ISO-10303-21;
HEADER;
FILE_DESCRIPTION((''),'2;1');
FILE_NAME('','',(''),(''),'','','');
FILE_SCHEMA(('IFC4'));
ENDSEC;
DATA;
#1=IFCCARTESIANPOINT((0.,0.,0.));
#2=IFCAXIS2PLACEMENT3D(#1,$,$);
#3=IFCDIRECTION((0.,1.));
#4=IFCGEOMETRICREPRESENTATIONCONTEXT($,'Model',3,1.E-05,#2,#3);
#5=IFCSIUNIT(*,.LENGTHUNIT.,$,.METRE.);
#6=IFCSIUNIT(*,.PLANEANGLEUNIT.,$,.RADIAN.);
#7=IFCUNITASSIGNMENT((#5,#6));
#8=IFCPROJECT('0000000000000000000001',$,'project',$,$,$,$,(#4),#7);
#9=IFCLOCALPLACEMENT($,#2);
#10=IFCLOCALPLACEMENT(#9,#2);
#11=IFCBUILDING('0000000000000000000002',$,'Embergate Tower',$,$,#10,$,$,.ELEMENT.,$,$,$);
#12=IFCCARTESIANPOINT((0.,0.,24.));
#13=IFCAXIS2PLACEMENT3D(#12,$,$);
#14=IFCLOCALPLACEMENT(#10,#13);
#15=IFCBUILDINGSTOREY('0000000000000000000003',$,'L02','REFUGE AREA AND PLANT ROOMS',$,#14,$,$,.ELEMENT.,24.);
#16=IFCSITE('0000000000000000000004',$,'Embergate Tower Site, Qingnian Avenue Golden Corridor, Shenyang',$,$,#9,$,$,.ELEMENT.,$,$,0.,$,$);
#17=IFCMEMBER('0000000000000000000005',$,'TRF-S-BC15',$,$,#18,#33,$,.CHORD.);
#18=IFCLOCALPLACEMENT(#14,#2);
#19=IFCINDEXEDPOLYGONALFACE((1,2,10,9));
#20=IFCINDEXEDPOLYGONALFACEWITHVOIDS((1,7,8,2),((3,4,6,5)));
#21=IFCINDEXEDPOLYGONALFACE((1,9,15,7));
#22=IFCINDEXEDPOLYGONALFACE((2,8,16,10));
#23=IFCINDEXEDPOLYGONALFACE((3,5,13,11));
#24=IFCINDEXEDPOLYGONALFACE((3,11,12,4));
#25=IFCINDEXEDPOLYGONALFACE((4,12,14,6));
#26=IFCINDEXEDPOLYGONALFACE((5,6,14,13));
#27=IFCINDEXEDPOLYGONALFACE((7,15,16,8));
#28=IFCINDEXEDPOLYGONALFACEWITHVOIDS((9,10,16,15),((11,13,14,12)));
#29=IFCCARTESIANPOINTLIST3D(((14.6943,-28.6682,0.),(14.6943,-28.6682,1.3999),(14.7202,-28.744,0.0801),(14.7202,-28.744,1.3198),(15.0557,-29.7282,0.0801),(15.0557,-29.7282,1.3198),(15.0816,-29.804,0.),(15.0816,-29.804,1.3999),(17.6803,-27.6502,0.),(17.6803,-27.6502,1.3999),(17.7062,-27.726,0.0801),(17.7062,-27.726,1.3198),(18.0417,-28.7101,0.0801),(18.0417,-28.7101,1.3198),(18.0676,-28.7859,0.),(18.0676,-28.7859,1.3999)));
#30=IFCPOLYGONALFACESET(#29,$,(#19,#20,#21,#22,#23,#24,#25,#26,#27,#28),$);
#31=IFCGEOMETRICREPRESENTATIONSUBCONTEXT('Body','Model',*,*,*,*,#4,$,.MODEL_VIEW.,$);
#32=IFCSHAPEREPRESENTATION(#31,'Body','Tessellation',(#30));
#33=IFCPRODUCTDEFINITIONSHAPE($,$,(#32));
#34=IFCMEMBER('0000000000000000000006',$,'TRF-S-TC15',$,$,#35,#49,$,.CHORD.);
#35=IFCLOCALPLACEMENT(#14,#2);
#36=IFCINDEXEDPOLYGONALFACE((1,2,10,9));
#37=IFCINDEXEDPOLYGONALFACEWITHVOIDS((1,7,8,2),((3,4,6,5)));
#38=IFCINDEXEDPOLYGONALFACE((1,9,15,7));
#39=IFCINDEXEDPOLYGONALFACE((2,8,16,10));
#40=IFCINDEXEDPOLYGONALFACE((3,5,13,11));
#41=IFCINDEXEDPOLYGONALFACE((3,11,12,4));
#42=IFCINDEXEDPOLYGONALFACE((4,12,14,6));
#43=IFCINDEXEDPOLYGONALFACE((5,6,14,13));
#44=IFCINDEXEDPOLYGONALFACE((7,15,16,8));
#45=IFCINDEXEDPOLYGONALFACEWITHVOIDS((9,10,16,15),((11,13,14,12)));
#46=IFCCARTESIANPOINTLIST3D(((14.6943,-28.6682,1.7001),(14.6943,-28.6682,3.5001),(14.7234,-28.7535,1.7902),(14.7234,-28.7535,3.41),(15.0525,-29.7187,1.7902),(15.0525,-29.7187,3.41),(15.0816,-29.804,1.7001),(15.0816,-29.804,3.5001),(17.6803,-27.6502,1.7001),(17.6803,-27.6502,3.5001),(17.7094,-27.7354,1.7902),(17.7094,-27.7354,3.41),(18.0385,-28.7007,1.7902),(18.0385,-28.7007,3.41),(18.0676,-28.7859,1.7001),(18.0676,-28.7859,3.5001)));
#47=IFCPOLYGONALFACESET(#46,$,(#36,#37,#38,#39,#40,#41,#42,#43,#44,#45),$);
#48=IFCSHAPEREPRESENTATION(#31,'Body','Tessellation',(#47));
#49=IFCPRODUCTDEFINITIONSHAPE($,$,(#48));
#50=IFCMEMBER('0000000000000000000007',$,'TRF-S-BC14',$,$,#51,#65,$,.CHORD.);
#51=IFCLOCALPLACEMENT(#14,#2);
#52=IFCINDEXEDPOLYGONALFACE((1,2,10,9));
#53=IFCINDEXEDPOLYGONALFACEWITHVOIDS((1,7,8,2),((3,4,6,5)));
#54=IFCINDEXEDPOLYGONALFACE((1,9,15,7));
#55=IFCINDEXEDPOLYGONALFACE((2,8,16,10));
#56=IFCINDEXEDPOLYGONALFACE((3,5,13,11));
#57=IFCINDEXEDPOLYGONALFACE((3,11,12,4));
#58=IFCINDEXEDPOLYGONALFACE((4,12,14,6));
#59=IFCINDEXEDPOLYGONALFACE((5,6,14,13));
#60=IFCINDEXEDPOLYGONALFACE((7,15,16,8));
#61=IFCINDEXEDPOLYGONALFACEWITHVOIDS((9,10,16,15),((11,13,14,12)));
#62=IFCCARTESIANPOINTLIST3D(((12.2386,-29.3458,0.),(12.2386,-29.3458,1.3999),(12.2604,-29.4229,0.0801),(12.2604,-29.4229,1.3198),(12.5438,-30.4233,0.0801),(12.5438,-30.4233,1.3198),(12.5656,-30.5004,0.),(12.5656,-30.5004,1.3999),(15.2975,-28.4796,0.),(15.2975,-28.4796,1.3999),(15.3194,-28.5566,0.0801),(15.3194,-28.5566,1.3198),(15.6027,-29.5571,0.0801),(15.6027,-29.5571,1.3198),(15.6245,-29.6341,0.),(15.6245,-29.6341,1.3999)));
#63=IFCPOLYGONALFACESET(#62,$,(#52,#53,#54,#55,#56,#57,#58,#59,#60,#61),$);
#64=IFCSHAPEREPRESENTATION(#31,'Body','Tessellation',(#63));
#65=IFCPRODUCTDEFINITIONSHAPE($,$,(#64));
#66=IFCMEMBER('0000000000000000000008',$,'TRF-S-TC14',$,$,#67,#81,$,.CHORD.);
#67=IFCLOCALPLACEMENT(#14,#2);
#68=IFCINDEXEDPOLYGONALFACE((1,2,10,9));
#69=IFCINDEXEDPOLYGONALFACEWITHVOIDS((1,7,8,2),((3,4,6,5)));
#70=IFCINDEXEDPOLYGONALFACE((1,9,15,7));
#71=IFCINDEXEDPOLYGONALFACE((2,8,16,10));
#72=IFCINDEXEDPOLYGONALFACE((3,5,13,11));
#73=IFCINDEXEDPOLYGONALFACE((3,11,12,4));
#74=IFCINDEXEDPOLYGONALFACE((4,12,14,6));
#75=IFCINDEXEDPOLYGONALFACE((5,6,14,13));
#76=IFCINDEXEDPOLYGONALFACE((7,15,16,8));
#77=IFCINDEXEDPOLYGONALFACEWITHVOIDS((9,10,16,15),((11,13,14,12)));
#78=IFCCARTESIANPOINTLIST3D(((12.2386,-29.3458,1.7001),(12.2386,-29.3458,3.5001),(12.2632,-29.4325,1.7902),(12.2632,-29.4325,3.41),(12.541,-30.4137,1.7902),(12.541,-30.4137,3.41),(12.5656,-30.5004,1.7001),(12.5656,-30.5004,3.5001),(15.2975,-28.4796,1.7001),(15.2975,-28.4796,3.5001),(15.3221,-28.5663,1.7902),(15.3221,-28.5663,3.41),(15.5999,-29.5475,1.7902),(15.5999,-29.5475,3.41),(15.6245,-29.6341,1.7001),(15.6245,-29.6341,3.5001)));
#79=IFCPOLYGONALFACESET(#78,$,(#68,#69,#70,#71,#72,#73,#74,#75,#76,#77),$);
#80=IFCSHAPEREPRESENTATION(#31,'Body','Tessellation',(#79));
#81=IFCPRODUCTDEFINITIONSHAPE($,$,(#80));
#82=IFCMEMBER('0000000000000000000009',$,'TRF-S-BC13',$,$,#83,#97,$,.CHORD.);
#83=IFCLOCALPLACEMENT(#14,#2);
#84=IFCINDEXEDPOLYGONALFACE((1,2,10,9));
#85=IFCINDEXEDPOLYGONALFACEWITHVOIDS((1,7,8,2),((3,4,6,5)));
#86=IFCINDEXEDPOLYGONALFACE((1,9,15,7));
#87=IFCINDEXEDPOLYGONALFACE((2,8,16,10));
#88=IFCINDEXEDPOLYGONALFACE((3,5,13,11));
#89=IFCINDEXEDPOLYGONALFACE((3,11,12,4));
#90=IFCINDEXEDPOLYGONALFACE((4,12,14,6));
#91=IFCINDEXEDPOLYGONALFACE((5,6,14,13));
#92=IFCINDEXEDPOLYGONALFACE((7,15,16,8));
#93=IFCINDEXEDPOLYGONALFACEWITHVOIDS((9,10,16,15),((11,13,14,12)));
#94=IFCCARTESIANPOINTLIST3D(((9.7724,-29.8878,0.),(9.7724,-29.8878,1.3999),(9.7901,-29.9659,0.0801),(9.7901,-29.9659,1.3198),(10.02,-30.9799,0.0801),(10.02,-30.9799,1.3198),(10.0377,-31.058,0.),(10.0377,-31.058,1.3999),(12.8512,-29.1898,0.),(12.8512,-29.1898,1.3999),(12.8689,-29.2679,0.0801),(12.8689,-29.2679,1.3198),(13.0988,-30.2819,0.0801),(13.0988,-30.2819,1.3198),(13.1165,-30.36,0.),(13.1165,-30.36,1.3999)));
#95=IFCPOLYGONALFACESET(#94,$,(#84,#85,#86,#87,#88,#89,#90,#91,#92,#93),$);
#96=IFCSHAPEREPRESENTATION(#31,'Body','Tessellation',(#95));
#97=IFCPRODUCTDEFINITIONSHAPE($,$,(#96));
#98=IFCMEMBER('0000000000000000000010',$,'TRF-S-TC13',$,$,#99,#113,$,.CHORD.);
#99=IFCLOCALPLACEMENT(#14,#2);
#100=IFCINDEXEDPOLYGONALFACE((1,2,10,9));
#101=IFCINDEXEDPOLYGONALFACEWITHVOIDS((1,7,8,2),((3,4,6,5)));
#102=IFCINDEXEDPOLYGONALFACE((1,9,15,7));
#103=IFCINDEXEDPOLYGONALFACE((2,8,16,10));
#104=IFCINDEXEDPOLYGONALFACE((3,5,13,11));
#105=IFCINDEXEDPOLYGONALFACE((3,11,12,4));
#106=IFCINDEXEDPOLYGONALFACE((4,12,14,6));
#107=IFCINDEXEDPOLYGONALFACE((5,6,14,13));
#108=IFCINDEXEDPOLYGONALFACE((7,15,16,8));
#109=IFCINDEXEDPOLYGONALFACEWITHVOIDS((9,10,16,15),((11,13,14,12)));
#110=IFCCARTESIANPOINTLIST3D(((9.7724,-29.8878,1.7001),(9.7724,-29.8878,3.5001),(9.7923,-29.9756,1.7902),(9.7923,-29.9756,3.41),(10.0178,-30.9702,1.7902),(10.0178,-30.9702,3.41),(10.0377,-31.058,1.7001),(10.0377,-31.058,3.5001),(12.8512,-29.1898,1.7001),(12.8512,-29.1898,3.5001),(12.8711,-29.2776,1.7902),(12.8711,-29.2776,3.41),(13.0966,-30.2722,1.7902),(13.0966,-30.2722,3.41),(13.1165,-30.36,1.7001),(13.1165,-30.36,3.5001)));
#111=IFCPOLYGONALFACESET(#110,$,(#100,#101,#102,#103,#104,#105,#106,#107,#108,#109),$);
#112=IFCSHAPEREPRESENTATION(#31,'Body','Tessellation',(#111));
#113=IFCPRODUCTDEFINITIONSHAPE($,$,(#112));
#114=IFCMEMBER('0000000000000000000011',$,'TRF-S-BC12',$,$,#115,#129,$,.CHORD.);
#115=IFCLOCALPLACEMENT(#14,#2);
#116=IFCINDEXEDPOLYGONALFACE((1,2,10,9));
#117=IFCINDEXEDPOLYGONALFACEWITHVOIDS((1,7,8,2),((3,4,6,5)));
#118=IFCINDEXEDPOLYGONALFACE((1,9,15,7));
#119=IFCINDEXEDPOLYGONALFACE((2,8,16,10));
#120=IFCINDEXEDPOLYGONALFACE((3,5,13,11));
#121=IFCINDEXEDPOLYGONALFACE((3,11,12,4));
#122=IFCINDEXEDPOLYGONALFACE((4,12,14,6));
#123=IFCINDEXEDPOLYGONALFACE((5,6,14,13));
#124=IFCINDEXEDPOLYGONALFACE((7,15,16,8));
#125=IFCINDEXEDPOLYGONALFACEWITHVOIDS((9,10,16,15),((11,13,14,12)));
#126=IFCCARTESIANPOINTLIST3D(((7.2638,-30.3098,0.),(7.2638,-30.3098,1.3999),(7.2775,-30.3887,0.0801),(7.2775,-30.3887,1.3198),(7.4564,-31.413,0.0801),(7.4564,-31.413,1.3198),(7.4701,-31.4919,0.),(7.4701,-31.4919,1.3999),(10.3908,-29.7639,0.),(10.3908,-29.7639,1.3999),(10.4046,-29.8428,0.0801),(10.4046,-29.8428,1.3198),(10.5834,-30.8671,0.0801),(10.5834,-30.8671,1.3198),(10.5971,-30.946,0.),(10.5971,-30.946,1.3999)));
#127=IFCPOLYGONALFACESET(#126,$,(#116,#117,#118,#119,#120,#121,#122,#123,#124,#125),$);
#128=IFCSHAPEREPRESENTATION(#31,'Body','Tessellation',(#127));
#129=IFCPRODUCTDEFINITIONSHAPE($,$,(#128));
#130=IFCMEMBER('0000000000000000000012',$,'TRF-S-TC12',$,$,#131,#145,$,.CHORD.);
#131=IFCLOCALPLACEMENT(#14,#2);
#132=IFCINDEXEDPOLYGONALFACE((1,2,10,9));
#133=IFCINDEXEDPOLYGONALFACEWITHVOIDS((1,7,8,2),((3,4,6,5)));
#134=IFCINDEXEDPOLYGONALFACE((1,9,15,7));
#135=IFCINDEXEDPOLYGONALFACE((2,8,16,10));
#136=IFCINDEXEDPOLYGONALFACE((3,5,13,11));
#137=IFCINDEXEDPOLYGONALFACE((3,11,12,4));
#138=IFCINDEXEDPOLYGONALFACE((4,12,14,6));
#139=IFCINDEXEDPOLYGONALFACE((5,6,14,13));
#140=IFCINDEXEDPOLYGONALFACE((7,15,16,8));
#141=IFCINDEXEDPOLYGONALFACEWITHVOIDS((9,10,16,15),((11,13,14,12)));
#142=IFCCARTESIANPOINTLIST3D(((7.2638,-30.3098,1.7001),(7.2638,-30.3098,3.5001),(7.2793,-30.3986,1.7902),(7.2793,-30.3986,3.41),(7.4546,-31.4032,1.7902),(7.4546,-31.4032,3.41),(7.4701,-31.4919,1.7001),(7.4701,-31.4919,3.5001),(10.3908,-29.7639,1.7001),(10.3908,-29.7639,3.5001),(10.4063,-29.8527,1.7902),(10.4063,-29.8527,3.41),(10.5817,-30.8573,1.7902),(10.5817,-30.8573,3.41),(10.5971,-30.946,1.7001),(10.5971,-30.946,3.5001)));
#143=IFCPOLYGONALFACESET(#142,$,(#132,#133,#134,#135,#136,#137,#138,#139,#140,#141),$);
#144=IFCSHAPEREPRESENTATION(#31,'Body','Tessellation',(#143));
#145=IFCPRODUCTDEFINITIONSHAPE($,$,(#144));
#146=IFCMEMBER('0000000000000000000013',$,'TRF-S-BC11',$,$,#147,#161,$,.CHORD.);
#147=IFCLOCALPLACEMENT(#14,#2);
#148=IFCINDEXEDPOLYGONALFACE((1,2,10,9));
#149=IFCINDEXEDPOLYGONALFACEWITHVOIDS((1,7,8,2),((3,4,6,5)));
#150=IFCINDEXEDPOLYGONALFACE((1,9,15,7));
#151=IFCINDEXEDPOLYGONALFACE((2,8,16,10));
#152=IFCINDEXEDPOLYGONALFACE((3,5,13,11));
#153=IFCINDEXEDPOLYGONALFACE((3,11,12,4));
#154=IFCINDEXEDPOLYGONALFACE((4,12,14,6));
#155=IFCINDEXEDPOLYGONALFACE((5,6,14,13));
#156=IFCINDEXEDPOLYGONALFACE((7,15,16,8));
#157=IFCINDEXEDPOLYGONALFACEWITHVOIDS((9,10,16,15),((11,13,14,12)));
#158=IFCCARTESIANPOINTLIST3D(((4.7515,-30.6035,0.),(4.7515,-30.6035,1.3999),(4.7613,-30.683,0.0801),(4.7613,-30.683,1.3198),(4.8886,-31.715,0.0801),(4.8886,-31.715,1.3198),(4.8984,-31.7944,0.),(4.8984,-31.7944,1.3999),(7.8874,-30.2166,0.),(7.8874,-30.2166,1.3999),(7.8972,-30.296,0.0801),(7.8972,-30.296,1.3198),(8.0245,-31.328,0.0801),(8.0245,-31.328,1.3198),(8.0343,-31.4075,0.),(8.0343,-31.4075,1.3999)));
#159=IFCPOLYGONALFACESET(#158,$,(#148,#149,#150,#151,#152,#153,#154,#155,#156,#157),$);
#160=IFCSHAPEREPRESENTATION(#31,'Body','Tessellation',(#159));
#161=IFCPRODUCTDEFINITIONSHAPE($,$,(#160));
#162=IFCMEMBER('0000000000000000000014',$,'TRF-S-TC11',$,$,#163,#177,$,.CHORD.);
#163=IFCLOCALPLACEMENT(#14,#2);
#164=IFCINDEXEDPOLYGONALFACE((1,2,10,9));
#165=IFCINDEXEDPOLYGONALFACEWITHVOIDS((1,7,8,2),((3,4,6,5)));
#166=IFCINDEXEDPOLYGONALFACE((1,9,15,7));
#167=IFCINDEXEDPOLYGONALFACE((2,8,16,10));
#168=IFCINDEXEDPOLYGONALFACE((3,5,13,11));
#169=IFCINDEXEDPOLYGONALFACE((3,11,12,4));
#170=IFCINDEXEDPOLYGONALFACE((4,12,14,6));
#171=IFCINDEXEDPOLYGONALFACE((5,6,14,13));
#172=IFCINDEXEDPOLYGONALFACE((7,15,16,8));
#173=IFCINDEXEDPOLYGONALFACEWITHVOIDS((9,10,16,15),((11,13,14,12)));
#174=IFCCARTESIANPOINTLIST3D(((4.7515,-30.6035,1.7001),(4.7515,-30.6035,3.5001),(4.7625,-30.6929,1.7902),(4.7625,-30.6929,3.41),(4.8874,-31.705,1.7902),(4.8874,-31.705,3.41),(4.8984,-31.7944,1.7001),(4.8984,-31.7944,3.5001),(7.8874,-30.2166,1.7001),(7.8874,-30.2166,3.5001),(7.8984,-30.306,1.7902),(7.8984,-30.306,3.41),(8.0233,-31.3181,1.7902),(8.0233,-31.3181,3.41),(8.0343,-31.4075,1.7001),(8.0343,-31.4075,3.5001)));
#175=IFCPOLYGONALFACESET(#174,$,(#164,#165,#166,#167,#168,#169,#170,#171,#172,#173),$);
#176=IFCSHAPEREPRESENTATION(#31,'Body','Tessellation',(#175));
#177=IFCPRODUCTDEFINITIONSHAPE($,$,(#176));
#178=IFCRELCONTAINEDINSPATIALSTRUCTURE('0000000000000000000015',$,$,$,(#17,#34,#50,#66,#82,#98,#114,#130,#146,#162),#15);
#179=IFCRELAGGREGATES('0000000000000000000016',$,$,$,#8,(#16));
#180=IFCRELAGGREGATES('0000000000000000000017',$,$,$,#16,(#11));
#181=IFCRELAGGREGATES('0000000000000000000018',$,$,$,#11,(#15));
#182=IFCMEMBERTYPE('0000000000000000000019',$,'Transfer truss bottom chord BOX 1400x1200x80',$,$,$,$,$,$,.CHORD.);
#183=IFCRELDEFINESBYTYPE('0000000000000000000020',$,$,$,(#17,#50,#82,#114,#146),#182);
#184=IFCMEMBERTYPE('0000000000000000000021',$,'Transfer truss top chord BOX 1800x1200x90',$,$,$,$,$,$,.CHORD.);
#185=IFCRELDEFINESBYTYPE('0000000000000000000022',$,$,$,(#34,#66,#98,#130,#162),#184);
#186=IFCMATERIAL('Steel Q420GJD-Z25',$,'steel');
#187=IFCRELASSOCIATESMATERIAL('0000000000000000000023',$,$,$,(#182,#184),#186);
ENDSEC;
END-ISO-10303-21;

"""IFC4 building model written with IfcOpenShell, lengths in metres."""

from ifc_helpers import new_model, si_unit, direction, frame, origin, origin_2d, place, context, subcontext, project, spatial, hollow_rectangle, extrude, source, transform, mapped, material, material_profile, profile_set, type_object, element, save


model = new_model("IFC4")

# Units and contexts
model_context = context("Model", 3, precision=1e-05, world=origin(), true_north=direction((0.0, 1.0)))
body_context = subcontext(model_context, "Body", "Model", "MODEL_VIEW")
ifc_project = project(units=[si_unit("LENGTHUNIT", "METRE"), si_unit("PLANEANGLEUNIT", "RADIAN")], contexts=[model_context])

# Site, building, storey
site_placement = place(None, origin())
site = spatial("IfcSite", under=ifc_project, at=site_placement, Name="Embergate Tower Site, Qingnian Avenue Golden Corridor, Shenyang", CompositionType="ELEMENT", RefElevation=0.0)
building_placement = place(site_placement, origin())
building = spatial("IfcBuilding", under=site, at=building_placement, Name="Embergate Tower", CompositionType="ELEMENT")
storey_placement = place(building_placement, frame((0.0, 0.0, 24.0)))
storey = spatial("IfcBuildingStorey", under=building, at=storey_placement, Name="L02", Description="REFUGE AREA AND PLANT ROOMS", CompositionType="ELEMENT", Elevation=24.0)

# Members
ifc_material_1 = material(Name="Steel Q420GJD-Z25", Category="steel")
ifc_material_profile_1 = material_profile(ifc_material_1, hollow_rectangle(XDim=1.2, YDim=1.3999, WallThickness=0.0801, at=origin_2d()), Name="BOX 1400x1200x80")
ifc_profile_set_1 = profile_set([ifc_material_profile_1], Name="Steel Q420 grade GJD-Z25")
member_type_1 = type_object("IfcMemberType", Name="Transfer truss bottom chord BOX 1400x1200x80", PredefinedType="CHORD", material=ifc_profile_set_1)
shared_shape_1 = source(origin(), body_context, "Body", "SweptSolid", [
    extrude(hollow_rectangle(XDim=1.2, YDim=1.3999, WallThickness=0.0801, at=origin_2d()), origin(), (0.0, 0.0, 1.0), 3.1548),
])
member_1_placement = place(storey_placement, frame((14.8879, -29.2361, 0.7), z_axis=(0.946502, 0.322698, 0.0), x_axis=(-0.322698, 0.946502, 0.0)))
element("IfcMember", 1, at=member_1_placement, inside=storey, type_object=member_type_1, Name="TRF-S-BC15", PredefinedType="CHORD", context=body_context, shape_type="MappedRepresentation", body=[
    mapped(shared_shape_1, transform((0.0, 0.0, 0.0))),
])
ifc_material_profile_2 = material_profile(ifc_material_1, hollow_rectangle(XDim=1.2, YDim=1.8, WallThickness=0.0901, at=origin_2d()), Name="BOX 1800x1200x90")
ifc_profile_set_2 = profile_set([ifc_material_profile_2], Name="Steel Q420 grade GJD-Z25")
member_type_2 = type_object("IfcMemberType", Name="Transfer truss top chord BOX 1800x1200x90", PredefinedType="CHORD", material=ifc_profile_set_2)
shared_shape_2 = source(origin(), body_context, "Body", "SweptSolid", [
    extrude(hollow_rectangle(XDim=1.2, YDim=1.8, WallThickness=0.0901, at=origin_2d()), origin(), (0.0, 0.0, 1.0), 3.1548),
])
member_2_placement = place(storey_placement, frame((14.8879, -29.2361, 2.6001), z_axis=(0.946502, 0.322698, 0.0), x_axis=(-0.322698, 0.946502, 0.0)))
element("IfcMember", 2, at=member_2_placement, inside=storey, type_object=member_type_2, Name="TRF-S-TC15", PredefinedType="CHORD", context=body_context, shape_type="MappedRepresentation", body=[
    mapped(shared_shape_2, transform((0.0, 0.0, 0.0))),
])
shared_shape_3 = source(origin(), body_context, "Body", "SweptSolid", [
    extrude(hollow_rectangle(XDim=1.2, YDim=1.3999, WallThickness=0.0801, at=origin_2d()), origin(), (0.0, 0.0, 1.0), 3.1792),
])
member_3_placement = place(storey_placement, frame((12.4021, -29.9231, 0.7), z_axis=(0.962165, 0.272469, 0.0), x_axis=(-0.272469, 0.962165, 0.0)))
element("IfcMember", 3, at=member_3_placement, inside=storey, type_object=member_type_1, Name="TRF-S-BC14", PredefinedType="CHORD", context=body_context, shape_type="MappedRepresentation", body=[
    mapped(shared_shape_3, transform((0.0, 0.0, 0.0))),
])
shared_shape_4 = source(origin(), body_context, "Body", "SweptSolid", [
    extrude(hollow_rectangle(XDim=1.2, YDim=1.8, WallThickness=0.0901, at=origin_2d()), origin(), (0.0, 0.0, 1.0), 3.1792),
])
member_4_placement = place(storey_placement, frame((12.4021, -29.9231, 2.6001), z_axis=(0.962165, 0.272469, 0.0), x_axis=(-0.272469, 0.962165, 0.0)))
element("IfcMember", 4, at=member_4_placement, inside=storey, type_object=member_type_2, Name="TRF-S-TC14", PredefinedType="CHORD", context=body_context, shape_type="MappedRepresentation", body=[
    mapped(shared_shape_4, transform((0.0, 0.0, 0.0))),
])
shared_shape_5 = source(origin(), body_context, "Body", "SweptSolid", [
    extrude(hollow_rectangle(XDim=1.2, YDim=1.3999, WallThickness=0.0801, at=origin_2d()), origin(), (0.0, 0.0, 1.0), 3.157),
])
member_5_placement = place(storey_placement, frame((9.905, -30.4729, 0.7), z_axis=(0.975252, 0.221096, 0.0), x_axis=(-0.221096, 0.975252, 0.0)))
element("IfcMember", 5, at=member_5_placement, inside=storey, type_object=member_type_1, Name="TRF-S-BC13", PredefinedType="CHORD", context=body_context, shape_type="MappedRepresentation", body=[
    mapped(shared_shape_5, transform((0.0, 0.0, 0.0))),
])
shared_shape_6 = source(origin(), body_context, "Body", "SweptSolid", [
    extrude(hollow_rectangle(XDim=1.2, YDim=1.8, WallThickness=0.0901, at=origin_2d()), origin(), (0.0, 0.0, 1.0), 3.157),
])
member_6_placement = place(storey_placement, frame((9.905, -30.4729, 2.6001), z_axis=(0.975252, 0.221096, 0.0), x_axis=(-0.221096, 0.975252, 0.0)))
element("IfcMember", 6, at=member_6_placement, inside=storey, type_object=member_type_2, Name="TRF-S-TC13", PredefinedType="CHORD", context=body_context, shape_type="MappedRepresentation", body=[
    mapped(shared_shape_6, transform((0.0, 0.0, 0.0))),
])
shared_shape_7 = source(origin(), body_context, "Body", "SweptSolid", [
    extrude(hollow_rectangle(XDim=1.2, YDim=1.3999, WallThickness=0.0801, at=origin_2d()), origin(), (0.0, 0.0, 1.0), 3.1743),
])
member_7_placement = place(storey_placement, frame((7.3669, -30.9009, 0.7), z_axis=(0.985101, 0.171977, 0.0), x_axis=(-0.171977, 0.985101, 0.0)))
element("IfcMember", 7, at=member_7_placement, inside=storey, type_object=member_type_1, Name="TRF-S-BC12", PredefinedType="CHORD", context=body_context, shape_type="MappedRepresentation", body=[
    mapped(shared_shape_7, transform((0.0, 0.0, 0.0))),
])
shared_shape_8 = source(origin(), body_context, "Body", "SweptSolid", [
    extrude(hollow_rectangle(XDim=1.2, YDim=1.8, WallThickness=0.0901, at=origin_2d()), origin(), (0.0, 0.0, 1.0), 3.1743),
])
member_8_placement = place(storey_placement, frame((7.3669, -30.9009, 2.6001), z_axis=(0.985101, 0.171977, 0.0), x_axis=(-0.171977, 0.985101, 0.0)))
element("IfcMember", 8, at=member_8_placement, inside=storey, type_object=member_type_2, Name="TRF-S-TC12", PredefinedType="CHORD", context=body_context, shape_type="MappedRepresentation", body=[
    mapped(shared_shape_8, transform((0.0, 0.0, 0.0))),
])
shared_shape_9 = source(origin(), body_context, "Body", "SweptSolid", [
    extrude(hollow_rectangle(XDim=1.2, YDim=1.3999, WallThickness=0.0801, at=origin_2d()), origin(), (0.0, 0.0, 1.0), 3.1597),
])
member_9_placement = place(storey_placement, frame((4.825, -31.199, 0.7), z_axis=(0.992473, 0.122465, 0.0), x_axis=(-0.122465, 0.992473, 0.0)))
element("IfcMember", 9, at=member_9_placement, inside=storey, type_object=member_type_1, Name="TRF-S-BC11", PredefinedType="CHORD", context=body_context, shape_type="MappedRepresentation", body=[
    mapped(shared_shape_9, transform((0.0, 0.0, 0.0))),
])
shared_shape_10 = source(origin(), body_context, "Body", "SweptSolid", [
    extrude(hollow_rectangle(XDim=1.2, YDim=1.8, WallThickness=0.0901, at=origin_2d()), origin(), (0.0, 0.0, 1.0), 3.1597),
])
member_10_placement = place(storey_placement, frame((4.825, -31.199, 2.6001), z_axis=(0.992473, 0.122465, 0.0), x_axis=(-0.122465, 0.992473, 0.0)))
element("IfcMember", 10, at=member_10_placement, inside=storey, type_object=member_type_2, Name="TRF-S-TC11", PredefinedType="CHORD", context=body_context, shape_type="MappedRepresentation", body=[
    mapped(shared_shape_10, transform((0.0, 0.0, 0.0))),
])

save(model, "model.ifc")
